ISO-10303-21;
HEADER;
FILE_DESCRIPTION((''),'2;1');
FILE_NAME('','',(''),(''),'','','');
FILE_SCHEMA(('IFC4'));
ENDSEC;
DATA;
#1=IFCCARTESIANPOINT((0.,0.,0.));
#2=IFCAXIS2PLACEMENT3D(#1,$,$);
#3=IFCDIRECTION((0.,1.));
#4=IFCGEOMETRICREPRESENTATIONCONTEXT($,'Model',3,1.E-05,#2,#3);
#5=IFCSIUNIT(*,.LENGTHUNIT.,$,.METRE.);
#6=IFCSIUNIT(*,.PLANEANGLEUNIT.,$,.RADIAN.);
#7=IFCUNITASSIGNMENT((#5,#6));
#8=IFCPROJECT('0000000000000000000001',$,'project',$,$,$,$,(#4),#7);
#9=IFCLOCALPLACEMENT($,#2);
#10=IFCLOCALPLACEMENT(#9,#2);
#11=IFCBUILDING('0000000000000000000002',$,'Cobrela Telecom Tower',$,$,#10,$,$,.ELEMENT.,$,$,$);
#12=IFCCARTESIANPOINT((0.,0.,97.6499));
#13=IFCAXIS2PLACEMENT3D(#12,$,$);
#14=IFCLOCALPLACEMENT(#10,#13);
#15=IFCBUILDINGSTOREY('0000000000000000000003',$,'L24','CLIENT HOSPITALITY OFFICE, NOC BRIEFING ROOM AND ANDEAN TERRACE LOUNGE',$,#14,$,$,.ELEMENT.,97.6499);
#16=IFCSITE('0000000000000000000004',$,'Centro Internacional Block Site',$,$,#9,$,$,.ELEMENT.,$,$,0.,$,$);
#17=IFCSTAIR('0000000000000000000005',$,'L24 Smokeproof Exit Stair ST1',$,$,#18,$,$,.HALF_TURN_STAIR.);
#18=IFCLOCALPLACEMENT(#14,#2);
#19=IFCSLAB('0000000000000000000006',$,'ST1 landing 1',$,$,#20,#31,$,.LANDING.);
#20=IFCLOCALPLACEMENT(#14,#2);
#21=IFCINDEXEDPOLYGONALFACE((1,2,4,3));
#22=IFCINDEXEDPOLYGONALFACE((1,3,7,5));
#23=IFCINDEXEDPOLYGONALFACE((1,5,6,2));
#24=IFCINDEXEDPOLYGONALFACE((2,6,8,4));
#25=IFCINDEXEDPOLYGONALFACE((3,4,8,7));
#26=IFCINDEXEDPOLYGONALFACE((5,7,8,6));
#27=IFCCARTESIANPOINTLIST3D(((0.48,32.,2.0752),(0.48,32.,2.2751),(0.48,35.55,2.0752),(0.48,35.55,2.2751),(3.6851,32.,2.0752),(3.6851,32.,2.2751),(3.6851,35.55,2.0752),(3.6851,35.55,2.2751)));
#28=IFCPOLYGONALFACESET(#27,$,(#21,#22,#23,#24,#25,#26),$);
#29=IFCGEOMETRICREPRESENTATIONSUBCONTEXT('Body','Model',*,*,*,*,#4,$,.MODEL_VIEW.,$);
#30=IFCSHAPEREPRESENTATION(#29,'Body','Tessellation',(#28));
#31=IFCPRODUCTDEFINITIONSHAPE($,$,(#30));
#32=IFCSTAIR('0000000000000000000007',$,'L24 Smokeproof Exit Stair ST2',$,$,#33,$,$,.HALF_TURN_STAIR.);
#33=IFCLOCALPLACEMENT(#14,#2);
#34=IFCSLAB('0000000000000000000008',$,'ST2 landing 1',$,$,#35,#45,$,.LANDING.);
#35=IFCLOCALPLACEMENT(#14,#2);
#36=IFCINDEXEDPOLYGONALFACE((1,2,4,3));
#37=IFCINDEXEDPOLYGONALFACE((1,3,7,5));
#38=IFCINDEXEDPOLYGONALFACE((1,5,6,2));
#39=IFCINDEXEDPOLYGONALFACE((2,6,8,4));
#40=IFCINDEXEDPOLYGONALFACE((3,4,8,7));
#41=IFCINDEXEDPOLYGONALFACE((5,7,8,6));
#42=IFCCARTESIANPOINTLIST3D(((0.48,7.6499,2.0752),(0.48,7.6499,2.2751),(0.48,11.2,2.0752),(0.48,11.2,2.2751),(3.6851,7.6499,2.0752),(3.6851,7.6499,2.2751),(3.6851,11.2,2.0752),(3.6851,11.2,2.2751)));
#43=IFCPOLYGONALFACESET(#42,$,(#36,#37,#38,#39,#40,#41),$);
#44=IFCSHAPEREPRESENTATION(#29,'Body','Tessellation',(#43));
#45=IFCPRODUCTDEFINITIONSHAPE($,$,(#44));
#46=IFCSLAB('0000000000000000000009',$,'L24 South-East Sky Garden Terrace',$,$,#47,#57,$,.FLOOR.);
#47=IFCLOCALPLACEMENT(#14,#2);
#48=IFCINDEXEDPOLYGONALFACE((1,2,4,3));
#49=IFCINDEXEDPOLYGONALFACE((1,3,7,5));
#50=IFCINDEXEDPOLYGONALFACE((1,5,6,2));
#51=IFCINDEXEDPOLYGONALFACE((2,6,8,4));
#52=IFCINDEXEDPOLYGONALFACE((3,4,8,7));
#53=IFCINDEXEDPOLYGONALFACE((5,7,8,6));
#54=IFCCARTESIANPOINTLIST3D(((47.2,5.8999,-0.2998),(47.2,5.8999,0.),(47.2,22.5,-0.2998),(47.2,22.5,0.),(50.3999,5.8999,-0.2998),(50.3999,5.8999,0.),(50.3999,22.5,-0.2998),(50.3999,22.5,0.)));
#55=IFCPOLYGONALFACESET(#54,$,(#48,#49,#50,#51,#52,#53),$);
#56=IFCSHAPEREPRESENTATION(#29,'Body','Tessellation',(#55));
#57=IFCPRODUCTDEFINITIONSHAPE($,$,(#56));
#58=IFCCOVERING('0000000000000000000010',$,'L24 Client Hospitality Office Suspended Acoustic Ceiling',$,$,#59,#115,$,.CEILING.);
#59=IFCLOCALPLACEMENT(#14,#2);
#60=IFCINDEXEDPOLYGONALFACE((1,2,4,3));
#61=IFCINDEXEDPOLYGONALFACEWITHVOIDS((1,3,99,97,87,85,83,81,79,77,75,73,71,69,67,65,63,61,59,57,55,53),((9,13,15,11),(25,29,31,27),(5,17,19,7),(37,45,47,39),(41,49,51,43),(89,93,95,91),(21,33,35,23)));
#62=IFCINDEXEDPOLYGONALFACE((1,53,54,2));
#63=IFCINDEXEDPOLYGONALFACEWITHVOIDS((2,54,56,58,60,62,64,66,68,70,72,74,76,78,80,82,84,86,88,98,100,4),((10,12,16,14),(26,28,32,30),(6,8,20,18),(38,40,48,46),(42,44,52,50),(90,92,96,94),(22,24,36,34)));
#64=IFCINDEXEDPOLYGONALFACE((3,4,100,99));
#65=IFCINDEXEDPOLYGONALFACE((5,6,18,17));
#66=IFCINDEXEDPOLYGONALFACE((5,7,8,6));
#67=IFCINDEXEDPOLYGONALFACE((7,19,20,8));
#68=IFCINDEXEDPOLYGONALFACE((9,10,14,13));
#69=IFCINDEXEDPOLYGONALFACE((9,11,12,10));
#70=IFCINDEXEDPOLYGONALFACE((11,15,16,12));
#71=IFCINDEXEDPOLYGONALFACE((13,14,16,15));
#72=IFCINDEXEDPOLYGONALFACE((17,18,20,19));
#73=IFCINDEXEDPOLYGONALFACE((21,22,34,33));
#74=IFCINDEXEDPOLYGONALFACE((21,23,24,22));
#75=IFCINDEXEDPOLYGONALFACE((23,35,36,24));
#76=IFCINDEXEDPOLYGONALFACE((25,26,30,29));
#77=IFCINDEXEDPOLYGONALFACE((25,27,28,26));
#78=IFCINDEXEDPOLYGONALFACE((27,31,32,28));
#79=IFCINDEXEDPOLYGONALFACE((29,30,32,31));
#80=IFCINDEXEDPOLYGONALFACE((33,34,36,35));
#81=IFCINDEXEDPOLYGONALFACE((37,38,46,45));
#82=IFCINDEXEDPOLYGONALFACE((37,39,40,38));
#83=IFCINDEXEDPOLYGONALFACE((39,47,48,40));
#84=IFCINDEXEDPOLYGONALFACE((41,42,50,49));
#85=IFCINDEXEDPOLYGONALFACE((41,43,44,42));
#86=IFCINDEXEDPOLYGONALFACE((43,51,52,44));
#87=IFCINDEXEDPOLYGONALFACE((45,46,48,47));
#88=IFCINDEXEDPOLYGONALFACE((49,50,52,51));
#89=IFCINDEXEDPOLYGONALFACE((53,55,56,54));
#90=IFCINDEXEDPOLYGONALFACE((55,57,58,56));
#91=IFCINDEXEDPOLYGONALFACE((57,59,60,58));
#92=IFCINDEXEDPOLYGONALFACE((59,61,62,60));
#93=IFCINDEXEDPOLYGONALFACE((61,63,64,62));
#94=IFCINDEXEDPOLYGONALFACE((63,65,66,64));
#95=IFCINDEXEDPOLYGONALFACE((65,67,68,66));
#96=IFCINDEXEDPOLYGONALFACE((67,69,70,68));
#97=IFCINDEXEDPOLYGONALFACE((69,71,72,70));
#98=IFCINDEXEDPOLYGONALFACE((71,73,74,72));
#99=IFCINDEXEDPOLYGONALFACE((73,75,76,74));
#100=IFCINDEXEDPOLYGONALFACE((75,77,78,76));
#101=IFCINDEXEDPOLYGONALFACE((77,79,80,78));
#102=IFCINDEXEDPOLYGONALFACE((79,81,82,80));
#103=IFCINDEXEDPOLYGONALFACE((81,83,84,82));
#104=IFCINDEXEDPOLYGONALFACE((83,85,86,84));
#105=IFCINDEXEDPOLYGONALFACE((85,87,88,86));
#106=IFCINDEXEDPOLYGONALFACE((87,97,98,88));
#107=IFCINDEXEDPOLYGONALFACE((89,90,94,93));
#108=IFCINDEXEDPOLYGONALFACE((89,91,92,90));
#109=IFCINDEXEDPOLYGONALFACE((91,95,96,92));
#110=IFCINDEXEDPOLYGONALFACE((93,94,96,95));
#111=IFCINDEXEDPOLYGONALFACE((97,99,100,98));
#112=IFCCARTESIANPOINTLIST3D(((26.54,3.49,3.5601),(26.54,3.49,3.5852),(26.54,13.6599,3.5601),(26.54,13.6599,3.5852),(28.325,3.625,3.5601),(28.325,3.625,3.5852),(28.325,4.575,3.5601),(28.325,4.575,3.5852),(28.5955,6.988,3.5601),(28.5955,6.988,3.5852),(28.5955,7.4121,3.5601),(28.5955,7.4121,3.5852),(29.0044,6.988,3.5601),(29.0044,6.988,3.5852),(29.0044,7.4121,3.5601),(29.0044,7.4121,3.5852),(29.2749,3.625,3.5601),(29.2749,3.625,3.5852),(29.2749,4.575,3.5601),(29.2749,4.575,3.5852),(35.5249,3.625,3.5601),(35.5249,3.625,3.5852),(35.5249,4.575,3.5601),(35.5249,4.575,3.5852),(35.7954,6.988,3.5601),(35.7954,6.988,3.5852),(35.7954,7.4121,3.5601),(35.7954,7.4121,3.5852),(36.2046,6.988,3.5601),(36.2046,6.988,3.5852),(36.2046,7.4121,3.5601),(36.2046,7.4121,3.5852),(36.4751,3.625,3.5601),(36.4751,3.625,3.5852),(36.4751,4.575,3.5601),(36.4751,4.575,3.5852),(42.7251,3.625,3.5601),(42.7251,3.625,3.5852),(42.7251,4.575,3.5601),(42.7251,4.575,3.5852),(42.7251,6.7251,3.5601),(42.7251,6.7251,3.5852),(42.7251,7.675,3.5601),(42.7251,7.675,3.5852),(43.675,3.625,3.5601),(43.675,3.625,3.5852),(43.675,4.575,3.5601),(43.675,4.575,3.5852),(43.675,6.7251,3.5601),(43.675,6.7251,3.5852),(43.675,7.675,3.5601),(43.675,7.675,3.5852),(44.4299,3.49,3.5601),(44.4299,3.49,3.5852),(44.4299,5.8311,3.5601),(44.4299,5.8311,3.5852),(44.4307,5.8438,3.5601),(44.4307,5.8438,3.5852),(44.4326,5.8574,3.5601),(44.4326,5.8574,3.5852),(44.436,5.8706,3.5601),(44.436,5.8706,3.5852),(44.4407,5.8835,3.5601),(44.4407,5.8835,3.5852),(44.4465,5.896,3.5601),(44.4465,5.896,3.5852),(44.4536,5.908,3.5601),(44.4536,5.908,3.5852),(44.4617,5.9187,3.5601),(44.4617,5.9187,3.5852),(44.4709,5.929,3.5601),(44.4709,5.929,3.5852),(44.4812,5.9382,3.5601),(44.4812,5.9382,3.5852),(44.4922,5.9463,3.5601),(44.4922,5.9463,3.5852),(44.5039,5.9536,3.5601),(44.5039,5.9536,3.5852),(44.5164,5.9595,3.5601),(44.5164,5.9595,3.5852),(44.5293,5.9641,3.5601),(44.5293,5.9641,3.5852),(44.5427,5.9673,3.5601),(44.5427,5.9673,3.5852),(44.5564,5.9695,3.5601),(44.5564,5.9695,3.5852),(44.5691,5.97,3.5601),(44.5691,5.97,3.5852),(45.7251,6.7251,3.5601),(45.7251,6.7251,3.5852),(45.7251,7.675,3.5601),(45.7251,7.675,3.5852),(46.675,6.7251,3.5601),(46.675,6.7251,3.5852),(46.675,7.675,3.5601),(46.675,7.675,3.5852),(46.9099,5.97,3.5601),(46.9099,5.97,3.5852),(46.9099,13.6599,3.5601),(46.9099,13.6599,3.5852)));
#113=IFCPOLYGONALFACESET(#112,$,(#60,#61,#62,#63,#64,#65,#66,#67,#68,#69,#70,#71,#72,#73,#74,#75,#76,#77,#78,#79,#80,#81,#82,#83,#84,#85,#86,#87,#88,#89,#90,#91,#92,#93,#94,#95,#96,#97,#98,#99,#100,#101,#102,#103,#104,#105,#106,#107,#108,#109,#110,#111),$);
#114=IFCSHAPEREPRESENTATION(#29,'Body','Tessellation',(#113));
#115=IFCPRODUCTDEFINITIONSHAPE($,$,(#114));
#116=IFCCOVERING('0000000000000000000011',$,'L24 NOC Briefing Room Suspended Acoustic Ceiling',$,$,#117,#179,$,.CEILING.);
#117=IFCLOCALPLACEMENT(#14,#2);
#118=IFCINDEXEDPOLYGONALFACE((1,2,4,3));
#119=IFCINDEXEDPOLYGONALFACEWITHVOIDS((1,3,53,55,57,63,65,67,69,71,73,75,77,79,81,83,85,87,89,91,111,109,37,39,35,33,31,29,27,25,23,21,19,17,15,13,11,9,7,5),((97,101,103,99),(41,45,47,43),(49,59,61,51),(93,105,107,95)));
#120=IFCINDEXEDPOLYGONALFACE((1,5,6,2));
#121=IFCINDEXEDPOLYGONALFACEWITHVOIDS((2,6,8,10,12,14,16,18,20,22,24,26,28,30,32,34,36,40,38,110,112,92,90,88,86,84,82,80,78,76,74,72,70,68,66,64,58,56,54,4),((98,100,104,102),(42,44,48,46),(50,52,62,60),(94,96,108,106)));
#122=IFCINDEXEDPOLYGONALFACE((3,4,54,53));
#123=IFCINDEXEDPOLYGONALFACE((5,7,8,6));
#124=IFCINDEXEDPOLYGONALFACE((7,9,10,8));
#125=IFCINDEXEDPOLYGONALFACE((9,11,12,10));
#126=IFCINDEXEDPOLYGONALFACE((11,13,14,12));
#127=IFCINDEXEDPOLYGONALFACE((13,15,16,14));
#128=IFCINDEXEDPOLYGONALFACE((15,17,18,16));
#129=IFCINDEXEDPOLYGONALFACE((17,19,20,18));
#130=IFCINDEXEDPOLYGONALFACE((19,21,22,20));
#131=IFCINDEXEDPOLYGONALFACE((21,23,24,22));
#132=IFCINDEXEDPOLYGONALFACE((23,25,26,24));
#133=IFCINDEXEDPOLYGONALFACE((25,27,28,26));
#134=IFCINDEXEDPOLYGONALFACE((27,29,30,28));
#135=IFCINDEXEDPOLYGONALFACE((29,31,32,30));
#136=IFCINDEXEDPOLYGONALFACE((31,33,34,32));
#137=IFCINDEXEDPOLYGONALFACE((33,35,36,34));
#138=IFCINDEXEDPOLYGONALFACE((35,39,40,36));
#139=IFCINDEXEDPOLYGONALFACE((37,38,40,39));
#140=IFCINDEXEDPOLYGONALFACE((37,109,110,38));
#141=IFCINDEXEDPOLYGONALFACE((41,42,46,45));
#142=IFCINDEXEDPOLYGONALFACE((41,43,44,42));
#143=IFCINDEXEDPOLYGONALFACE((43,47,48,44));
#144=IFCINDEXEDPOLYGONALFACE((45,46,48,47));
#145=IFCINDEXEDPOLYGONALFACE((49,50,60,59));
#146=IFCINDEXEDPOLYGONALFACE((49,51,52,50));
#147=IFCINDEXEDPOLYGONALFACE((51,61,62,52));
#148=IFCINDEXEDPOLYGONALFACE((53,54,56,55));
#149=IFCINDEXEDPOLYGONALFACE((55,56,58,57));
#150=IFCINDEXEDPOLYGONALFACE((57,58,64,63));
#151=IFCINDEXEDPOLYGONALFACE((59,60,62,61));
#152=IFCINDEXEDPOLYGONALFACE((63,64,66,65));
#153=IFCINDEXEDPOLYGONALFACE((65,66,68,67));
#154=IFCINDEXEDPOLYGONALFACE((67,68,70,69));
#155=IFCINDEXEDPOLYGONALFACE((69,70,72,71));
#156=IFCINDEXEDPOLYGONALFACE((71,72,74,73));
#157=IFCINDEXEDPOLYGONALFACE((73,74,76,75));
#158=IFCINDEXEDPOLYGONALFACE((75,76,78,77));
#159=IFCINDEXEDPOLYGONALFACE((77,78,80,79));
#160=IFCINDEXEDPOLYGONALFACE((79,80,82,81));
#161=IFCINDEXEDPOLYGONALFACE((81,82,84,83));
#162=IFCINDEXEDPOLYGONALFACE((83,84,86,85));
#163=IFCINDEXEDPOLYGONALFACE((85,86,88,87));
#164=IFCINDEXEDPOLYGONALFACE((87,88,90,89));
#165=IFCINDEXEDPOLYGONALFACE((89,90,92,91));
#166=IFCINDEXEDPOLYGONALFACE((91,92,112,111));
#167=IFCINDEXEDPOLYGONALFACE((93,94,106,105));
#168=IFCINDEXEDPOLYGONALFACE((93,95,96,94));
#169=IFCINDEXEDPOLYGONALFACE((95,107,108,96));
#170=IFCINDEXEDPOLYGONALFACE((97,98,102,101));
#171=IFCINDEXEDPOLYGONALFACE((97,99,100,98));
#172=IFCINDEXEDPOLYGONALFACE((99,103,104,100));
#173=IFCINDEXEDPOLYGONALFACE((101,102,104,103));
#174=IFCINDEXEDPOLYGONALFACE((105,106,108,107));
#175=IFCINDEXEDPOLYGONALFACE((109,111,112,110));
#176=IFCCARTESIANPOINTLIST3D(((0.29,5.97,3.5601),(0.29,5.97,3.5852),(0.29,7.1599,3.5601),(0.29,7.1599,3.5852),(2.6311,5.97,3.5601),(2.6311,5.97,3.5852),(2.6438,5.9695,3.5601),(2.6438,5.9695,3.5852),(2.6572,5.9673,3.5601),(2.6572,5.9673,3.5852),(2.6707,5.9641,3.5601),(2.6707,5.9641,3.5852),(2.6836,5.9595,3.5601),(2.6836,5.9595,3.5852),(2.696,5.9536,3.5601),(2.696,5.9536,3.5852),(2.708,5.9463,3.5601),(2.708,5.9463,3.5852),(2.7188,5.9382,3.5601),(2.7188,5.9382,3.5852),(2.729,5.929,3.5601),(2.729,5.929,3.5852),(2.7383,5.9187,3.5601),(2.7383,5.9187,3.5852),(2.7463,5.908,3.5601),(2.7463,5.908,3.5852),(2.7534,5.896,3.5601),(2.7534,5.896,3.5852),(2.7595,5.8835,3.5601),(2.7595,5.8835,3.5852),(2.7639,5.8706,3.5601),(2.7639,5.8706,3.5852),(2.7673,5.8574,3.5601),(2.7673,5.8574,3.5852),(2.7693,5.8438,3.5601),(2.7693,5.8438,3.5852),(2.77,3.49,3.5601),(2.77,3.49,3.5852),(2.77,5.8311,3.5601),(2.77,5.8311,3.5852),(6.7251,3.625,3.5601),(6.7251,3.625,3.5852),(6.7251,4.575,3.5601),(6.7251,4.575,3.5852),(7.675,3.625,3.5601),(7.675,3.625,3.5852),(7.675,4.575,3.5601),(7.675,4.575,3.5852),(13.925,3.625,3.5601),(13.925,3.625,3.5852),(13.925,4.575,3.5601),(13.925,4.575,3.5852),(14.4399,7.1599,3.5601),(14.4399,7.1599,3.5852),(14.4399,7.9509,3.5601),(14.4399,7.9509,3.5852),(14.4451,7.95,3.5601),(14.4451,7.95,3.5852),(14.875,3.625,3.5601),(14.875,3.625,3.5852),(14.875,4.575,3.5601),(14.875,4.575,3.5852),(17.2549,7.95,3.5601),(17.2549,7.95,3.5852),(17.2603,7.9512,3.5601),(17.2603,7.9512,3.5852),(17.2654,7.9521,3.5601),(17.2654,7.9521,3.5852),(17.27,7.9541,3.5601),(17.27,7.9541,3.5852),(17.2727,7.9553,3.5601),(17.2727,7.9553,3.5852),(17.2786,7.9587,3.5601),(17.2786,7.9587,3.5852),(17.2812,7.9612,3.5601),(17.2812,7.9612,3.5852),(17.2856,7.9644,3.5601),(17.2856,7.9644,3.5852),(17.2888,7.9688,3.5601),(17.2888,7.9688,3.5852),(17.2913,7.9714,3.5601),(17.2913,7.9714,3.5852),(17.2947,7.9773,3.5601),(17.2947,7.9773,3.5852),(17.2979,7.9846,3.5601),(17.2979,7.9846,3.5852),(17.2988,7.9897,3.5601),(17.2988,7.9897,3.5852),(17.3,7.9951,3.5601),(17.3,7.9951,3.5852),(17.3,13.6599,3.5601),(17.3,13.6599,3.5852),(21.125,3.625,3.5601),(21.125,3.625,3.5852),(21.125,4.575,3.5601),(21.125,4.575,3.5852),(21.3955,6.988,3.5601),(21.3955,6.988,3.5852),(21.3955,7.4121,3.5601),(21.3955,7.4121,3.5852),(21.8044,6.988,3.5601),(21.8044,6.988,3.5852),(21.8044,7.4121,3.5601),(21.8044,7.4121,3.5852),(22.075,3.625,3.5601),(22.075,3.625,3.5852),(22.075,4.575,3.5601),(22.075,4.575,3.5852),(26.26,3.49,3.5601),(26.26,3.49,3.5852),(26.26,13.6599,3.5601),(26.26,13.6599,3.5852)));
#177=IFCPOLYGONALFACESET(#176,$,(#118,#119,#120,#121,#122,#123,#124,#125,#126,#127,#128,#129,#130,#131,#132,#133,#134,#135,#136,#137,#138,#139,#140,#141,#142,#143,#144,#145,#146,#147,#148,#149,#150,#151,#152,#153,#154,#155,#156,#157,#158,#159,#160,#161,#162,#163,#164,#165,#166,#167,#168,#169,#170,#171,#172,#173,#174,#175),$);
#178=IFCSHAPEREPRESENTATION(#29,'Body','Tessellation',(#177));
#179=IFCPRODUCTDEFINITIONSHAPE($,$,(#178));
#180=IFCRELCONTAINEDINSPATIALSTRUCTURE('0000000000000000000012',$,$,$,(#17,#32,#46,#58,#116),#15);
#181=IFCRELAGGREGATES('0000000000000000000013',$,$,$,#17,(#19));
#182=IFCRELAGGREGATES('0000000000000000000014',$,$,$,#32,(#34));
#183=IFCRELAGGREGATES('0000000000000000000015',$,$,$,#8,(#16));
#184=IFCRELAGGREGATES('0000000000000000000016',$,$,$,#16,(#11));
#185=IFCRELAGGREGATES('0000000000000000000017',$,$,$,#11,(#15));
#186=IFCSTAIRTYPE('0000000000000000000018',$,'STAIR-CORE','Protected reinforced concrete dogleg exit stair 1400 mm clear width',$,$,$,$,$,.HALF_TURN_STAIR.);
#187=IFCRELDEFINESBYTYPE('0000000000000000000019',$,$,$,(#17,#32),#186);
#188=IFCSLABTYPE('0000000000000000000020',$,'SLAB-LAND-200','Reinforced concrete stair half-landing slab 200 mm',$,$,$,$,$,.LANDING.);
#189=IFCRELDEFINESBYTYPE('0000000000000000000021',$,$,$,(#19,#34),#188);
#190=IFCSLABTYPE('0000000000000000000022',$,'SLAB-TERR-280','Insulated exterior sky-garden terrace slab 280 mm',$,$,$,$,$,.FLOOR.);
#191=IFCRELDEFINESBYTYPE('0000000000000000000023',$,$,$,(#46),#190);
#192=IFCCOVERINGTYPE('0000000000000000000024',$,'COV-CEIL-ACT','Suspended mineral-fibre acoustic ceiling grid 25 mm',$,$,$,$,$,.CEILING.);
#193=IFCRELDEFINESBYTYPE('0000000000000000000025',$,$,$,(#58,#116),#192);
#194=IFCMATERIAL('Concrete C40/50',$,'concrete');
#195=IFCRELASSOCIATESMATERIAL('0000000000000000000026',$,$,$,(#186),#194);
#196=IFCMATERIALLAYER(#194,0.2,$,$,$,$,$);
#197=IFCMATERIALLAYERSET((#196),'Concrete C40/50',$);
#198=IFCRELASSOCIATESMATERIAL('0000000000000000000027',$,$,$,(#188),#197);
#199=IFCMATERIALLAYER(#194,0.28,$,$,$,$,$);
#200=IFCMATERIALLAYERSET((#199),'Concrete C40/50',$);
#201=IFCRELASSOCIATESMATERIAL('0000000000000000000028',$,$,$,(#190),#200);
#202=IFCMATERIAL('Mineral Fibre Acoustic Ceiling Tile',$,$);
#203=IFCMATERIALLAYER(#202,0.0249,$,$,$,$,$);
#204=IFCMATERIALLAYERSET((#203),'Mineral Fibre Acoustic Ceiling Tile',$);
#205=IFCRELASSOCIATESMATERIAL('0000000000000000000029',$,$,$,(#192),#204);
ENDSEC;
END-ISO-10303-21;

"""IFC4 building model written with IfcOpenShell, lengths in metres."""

from ifc_helpers import new_model, si_unit, direction, frame, origin, place, context, subcontext, project, spatial, polyline, outline, extrude, material, layer, layer_set, type_object, element, aggregate, save


model = new_model("IFC4")

# Units and contexts
model_context = context("Model", 3, precision=1e-05, world=origin(), true_north=direction((0.0, 1.0)))
body_context = subcontext(model_context, "Body", "Model", "MODEL_VIEW")
ifc_project = project(units=[si_unit("LENGTHUNIT", "METRE"), si_unit("PLANEANGLEUNIT", "RADIAN")], contexts=[model_context])

# Site, building, storey
site_placement = place(None, origin())
site = spatial("IfcSite", under=ifc_project, at=site_placement, Name="Centro Internacional Block Site", CompositionType="ELEMENT", RefElevation=0.0)
building_placement = place(site_placement, origin())
building = spatial("IfcBuilding", under=site, at=building_placement, Name="Cobrela Telecom Tower", CompositionType="ELEMENT")
storey_placement = place(building_placement, frame((0.0, 0.0, 97.6499)))
storey = spatial("IfcBuildingStorey", under=building, at=storey_placement, Name="L24", Description="CLIENT HOSPITALITY OFFICE, NOC BRIEFING ROOM AND ANDEAN TERRACE LOUNGE", CompositionType="ELEMENT", Elevation=97.6499)

# Shared definitions
ifc_material_1 = material(Name="Concrete C40/50", Category="concrete")

# Stairs, slabs
stair_type = type_object("IfcStairType", Name="STAIR-CORE", Description="Protected reinforced concrete dogleg exit stair 1400 mm clear width", PredefinedType="HALF_TURN_STAIR", material=ifc_material_1)
stair_1_placement = place(storey_placement, origin())
stair_1 = element("IfcStair", 1, at=stair_1_placement, inside=storey, type_object=stair_type, Name="L24 Smokeproof Exit Stair ST1", PredefinedType="HALF_TURN_STAIR")
ifc_layer_1 = layer(ifc_material_1, 0.2)
ifc_layer_set_1 = layer_set([ifc_layer_1], Name="Concrete C40/50")
slab_type_1 = type_object("IfcSlabType", Name="SLAB-LAND-200", Description="Reinforced concrete stair half-landing slab 200 mm", PredefinedType="LANDING", material=ifc_layer_set_1)
slab_1_placement = place(storey_placement, frame((0.0, 0.0, 2.0752)))
slab_1 = element("IfcSlab", 2, at=slab_1_placement, type_object=slab_type_1, Name="ST1 landing 1", PredefinedType="LANDING", context=body_context, shape_type="SweptSolid", body=[
    extrude(outline(polyline([(3.6851, 35.55), (0.48, 35.55), (0.48, 32.0), (3.6851, 32.0), (3.6851, 35.55)])), origin(), (0.0, 0.0, 1.0), 0.2),
])
aggregate(stair_1, [slab_1])
stair_2_placement = place(storey_placement, origin())
stair_2 = element("IfcStair", 3, at=stair_2_placement, inside=storey, type_object=stair_type, Name="L24 Smokeproof Exit Stair ST2", PredefinedType="HALF_TURN_STAIR")
slab_2_placement = place(storey_placement, frame((0.0, 0.0, 2.0752)))
slab_2 = element("IfcSlab", 4, at=slab_2_placement, type_object=slab_type_1, Name="ST2 landing 1", PredefinedType="LANDING", context=body_context, shape_type="SweptSolid", body=[
    extrude(outline(polyline([(3.6851, 11.2), (0.48, 11.2), (0.48, 7.6499), (3.6851, 7.6499), (3.6851, 11.2)])), origin(), (0.0, 0.0, 1.0), 0.2),
])
aggregate(stair_2, [slab_2])

# Slab
ifc_layer_2 = layer(ifc_material_1, 0.28)
ifc_layer_set_2 = layer_set([ifc_layer_2], Name="Concrete C40/50")
slab_type_2 = type_object("IfcSlabType", Name="SLAB-TERR-280", Description="Insulated exterior sky-garden terrace slab 280 mm", PredefinedType="FLOOR", material=ifc_layer_set_2)
slab_3_placement = place(storey_placement, frame((0.0, 0.0, -0.2998)))
element("IfcSlab", 5, at=slab_3_placement, inside=storey, type_object=slab_type_2, Name="L24 South-East Sky Garden Terrace", PredefinedType="FLOOR", context=body_context, shape_type="SweptSolid", body=[
    extrude(outline(polyline([(47.2, 5.8999), (50.3999, 5.8999), (50.3999, 22.5), (47.2, 22.5), (47.2, 5.8999)])), origin(), (0.0, 0.0, 1.0), 0.2998),
])

# Coverings
ifc_material_2 = material(Name="Mineral Fibre Acoustic Ceiling Tile")
ifc_layer_3 = layer(ifc_material_2, 0.0249)
ifc_layer_set_3 = layer_set([ifc_layer_3], Name="Mineral Fibre Acoustic Ceiling Tile")
covering_type_1 = type_object("IfcCoveringType", Name="COV-CEIL-ACT", Description="Suspended mineral-fibre acoustic ceiling grid 25 mm", PredefinedType="CEILING", material=ifc_layer_set_3)
covering_1_placement = place(storey_placement, frame((0.0, 0.0, 3.5601)))
element("IfcCovering", 6, at=covering_1_placement, inside=storey, type_object=covering_type_1, Name="L24 Client Hospitality Office Suspended Acoustic Ceiling", PredefinedType="CEILING", context=body_context, shape_type="SweptSolid", body=[
    extrude(outline(polyline([(46.9099, 5.97), (44.5691, 5.97), (44.5564, 5.9695), (44.5427, 5.9673), (44.5293, 5.9641), (44.5164, 5.9595), (44.5039, 5.9536), (44.4922, 5.9463), (44.4812, 5.9382), (44.4709, 5.929), (44.4617, 5.9187), (44.4536, 5.908), (44.4465, 5.896), (44.4407, 5.8835), (44.436, 5.8706), (44.4326, 5.8574), (44.4307, 5.8438), (44.4299, 5.8311), (44.4299, 3.49), (26.54, 3.49), (26.54, 13.6599), (46.9099, 13.6599), (46.9099, 5.97)]), holes=[polyline([(29.0044, 6.988), (29.0044, 7.4121), (28.5955, 7.4121), (28.5955, 6.988), (29.0044, 6.988)]), polyline([(29.2749, 4.575), (28.325, 4.575), (28.325, 3.625), (29.2749, 3.625), (29.2749, 4.575)]), polyline([(36.4751, 3.625), (36.4751, 4.575), (35.5249, 4.575), (35.5249, 3.625), (36.4751, 3.625)]), polyline([(43.675, 3.625), (43.675, 4.575), (42.7251, 4.575), (42.7251, 3.625), (43.675, 3.625)]), polyline([(36.2046, 6.988), (36.2046, 7.4121), (35.7954, 7.4121), (35.7954, 6.988), (36.2046, 6.988)]), polyline([(43.675, 6.7251), (43.675, 7.675), (42.7251, 7.675), (42.7251, 6.7251), (43.675, 6.7251)]), polyline([(46.675, 6.7251), (46.675, 7.675), (45.7251, 7.675), (45.7251, 6.7251), (46.675, 6.7251)])]), origin(), (0.0, 0.0, 1.0), 0.0251),
])
covering_2_placement = place(storey_placement, frame((0.0, 0.0, 3.5601)))
element("IfcCovering", 7, at=covering_2_placement, inside=storey, type_object=covering_type_1, Name="L24 NOC Briefing Room Suspended Acoustic Ceiling", PredefinedType="CEILING", context=body_context, shape_type="SweptSolid", body=[
    extrude(outline(polyline([(2.77, 5.8311), (2.7693, 5.8438), (2.7673, 5.8574), (2.7639, 5.8706), (2.7595, 5.8835), (2.7534, 5.896), (2.7463, 5.908), (2.7383, 5.9187), (2.729, 5.929), (2.7188, 5.9382), (2.708, 5.9463), (2.696, 5.9536), (2.6836, 5.9595), (2.6707, 5.9641), (2.6572, 5.9673), (2.6438, 5.9695), (2.6311, 5.97), (0.29, 5.97), (0.29, 7.1599), (14.4399, 7.1599), (14.4399, 7.9509), (14.4451, 7.95), (17.2549, 7.95), (17.2603, 7.9512), (17.2654, 7.9521), (17.27, 7.9541), (17.2727, 7.9553), (17.2786, 7.9587), (17.2812, 7.9612), (17.2856, 7.9644), (17.2888, 7.9688), (17.2913, 7.9714), (17.2947, 7.9773), (17.2979, 7.9846), (17.2988, 7.9897), (17.3, 7.9951), (17.3, 13.6599), (26.26, 13.6599), (26.26, 3.49), (2.77, 3.49), (2.77, 5.8311)]), holes=[polyline([(7.675, 4.575), (6.7251, 4.575), (6.7251, 3.625), (7.675, 3.625), (7.675, 4.575)]), polyline([(14.875, 3.625), (14.875, 4.575), (13.925, 4.575), (13.925, 3.625), (14.875, 3.625)]), polyline([(22.075, 3.625), (22.075, 4.575), (21.125, 4.575), (21.125, 3.625), (22.075, 3.625)]), polyline([(21.8044, 6.988), (21.8044, 7.4121), (21.3955, 7.4121), (21.3955, 6.988), (21.8044, 6.988)])]), origin(), (0.0, 0.0, 1.0), 0.0251),
])

save(model, "model.ifc")
